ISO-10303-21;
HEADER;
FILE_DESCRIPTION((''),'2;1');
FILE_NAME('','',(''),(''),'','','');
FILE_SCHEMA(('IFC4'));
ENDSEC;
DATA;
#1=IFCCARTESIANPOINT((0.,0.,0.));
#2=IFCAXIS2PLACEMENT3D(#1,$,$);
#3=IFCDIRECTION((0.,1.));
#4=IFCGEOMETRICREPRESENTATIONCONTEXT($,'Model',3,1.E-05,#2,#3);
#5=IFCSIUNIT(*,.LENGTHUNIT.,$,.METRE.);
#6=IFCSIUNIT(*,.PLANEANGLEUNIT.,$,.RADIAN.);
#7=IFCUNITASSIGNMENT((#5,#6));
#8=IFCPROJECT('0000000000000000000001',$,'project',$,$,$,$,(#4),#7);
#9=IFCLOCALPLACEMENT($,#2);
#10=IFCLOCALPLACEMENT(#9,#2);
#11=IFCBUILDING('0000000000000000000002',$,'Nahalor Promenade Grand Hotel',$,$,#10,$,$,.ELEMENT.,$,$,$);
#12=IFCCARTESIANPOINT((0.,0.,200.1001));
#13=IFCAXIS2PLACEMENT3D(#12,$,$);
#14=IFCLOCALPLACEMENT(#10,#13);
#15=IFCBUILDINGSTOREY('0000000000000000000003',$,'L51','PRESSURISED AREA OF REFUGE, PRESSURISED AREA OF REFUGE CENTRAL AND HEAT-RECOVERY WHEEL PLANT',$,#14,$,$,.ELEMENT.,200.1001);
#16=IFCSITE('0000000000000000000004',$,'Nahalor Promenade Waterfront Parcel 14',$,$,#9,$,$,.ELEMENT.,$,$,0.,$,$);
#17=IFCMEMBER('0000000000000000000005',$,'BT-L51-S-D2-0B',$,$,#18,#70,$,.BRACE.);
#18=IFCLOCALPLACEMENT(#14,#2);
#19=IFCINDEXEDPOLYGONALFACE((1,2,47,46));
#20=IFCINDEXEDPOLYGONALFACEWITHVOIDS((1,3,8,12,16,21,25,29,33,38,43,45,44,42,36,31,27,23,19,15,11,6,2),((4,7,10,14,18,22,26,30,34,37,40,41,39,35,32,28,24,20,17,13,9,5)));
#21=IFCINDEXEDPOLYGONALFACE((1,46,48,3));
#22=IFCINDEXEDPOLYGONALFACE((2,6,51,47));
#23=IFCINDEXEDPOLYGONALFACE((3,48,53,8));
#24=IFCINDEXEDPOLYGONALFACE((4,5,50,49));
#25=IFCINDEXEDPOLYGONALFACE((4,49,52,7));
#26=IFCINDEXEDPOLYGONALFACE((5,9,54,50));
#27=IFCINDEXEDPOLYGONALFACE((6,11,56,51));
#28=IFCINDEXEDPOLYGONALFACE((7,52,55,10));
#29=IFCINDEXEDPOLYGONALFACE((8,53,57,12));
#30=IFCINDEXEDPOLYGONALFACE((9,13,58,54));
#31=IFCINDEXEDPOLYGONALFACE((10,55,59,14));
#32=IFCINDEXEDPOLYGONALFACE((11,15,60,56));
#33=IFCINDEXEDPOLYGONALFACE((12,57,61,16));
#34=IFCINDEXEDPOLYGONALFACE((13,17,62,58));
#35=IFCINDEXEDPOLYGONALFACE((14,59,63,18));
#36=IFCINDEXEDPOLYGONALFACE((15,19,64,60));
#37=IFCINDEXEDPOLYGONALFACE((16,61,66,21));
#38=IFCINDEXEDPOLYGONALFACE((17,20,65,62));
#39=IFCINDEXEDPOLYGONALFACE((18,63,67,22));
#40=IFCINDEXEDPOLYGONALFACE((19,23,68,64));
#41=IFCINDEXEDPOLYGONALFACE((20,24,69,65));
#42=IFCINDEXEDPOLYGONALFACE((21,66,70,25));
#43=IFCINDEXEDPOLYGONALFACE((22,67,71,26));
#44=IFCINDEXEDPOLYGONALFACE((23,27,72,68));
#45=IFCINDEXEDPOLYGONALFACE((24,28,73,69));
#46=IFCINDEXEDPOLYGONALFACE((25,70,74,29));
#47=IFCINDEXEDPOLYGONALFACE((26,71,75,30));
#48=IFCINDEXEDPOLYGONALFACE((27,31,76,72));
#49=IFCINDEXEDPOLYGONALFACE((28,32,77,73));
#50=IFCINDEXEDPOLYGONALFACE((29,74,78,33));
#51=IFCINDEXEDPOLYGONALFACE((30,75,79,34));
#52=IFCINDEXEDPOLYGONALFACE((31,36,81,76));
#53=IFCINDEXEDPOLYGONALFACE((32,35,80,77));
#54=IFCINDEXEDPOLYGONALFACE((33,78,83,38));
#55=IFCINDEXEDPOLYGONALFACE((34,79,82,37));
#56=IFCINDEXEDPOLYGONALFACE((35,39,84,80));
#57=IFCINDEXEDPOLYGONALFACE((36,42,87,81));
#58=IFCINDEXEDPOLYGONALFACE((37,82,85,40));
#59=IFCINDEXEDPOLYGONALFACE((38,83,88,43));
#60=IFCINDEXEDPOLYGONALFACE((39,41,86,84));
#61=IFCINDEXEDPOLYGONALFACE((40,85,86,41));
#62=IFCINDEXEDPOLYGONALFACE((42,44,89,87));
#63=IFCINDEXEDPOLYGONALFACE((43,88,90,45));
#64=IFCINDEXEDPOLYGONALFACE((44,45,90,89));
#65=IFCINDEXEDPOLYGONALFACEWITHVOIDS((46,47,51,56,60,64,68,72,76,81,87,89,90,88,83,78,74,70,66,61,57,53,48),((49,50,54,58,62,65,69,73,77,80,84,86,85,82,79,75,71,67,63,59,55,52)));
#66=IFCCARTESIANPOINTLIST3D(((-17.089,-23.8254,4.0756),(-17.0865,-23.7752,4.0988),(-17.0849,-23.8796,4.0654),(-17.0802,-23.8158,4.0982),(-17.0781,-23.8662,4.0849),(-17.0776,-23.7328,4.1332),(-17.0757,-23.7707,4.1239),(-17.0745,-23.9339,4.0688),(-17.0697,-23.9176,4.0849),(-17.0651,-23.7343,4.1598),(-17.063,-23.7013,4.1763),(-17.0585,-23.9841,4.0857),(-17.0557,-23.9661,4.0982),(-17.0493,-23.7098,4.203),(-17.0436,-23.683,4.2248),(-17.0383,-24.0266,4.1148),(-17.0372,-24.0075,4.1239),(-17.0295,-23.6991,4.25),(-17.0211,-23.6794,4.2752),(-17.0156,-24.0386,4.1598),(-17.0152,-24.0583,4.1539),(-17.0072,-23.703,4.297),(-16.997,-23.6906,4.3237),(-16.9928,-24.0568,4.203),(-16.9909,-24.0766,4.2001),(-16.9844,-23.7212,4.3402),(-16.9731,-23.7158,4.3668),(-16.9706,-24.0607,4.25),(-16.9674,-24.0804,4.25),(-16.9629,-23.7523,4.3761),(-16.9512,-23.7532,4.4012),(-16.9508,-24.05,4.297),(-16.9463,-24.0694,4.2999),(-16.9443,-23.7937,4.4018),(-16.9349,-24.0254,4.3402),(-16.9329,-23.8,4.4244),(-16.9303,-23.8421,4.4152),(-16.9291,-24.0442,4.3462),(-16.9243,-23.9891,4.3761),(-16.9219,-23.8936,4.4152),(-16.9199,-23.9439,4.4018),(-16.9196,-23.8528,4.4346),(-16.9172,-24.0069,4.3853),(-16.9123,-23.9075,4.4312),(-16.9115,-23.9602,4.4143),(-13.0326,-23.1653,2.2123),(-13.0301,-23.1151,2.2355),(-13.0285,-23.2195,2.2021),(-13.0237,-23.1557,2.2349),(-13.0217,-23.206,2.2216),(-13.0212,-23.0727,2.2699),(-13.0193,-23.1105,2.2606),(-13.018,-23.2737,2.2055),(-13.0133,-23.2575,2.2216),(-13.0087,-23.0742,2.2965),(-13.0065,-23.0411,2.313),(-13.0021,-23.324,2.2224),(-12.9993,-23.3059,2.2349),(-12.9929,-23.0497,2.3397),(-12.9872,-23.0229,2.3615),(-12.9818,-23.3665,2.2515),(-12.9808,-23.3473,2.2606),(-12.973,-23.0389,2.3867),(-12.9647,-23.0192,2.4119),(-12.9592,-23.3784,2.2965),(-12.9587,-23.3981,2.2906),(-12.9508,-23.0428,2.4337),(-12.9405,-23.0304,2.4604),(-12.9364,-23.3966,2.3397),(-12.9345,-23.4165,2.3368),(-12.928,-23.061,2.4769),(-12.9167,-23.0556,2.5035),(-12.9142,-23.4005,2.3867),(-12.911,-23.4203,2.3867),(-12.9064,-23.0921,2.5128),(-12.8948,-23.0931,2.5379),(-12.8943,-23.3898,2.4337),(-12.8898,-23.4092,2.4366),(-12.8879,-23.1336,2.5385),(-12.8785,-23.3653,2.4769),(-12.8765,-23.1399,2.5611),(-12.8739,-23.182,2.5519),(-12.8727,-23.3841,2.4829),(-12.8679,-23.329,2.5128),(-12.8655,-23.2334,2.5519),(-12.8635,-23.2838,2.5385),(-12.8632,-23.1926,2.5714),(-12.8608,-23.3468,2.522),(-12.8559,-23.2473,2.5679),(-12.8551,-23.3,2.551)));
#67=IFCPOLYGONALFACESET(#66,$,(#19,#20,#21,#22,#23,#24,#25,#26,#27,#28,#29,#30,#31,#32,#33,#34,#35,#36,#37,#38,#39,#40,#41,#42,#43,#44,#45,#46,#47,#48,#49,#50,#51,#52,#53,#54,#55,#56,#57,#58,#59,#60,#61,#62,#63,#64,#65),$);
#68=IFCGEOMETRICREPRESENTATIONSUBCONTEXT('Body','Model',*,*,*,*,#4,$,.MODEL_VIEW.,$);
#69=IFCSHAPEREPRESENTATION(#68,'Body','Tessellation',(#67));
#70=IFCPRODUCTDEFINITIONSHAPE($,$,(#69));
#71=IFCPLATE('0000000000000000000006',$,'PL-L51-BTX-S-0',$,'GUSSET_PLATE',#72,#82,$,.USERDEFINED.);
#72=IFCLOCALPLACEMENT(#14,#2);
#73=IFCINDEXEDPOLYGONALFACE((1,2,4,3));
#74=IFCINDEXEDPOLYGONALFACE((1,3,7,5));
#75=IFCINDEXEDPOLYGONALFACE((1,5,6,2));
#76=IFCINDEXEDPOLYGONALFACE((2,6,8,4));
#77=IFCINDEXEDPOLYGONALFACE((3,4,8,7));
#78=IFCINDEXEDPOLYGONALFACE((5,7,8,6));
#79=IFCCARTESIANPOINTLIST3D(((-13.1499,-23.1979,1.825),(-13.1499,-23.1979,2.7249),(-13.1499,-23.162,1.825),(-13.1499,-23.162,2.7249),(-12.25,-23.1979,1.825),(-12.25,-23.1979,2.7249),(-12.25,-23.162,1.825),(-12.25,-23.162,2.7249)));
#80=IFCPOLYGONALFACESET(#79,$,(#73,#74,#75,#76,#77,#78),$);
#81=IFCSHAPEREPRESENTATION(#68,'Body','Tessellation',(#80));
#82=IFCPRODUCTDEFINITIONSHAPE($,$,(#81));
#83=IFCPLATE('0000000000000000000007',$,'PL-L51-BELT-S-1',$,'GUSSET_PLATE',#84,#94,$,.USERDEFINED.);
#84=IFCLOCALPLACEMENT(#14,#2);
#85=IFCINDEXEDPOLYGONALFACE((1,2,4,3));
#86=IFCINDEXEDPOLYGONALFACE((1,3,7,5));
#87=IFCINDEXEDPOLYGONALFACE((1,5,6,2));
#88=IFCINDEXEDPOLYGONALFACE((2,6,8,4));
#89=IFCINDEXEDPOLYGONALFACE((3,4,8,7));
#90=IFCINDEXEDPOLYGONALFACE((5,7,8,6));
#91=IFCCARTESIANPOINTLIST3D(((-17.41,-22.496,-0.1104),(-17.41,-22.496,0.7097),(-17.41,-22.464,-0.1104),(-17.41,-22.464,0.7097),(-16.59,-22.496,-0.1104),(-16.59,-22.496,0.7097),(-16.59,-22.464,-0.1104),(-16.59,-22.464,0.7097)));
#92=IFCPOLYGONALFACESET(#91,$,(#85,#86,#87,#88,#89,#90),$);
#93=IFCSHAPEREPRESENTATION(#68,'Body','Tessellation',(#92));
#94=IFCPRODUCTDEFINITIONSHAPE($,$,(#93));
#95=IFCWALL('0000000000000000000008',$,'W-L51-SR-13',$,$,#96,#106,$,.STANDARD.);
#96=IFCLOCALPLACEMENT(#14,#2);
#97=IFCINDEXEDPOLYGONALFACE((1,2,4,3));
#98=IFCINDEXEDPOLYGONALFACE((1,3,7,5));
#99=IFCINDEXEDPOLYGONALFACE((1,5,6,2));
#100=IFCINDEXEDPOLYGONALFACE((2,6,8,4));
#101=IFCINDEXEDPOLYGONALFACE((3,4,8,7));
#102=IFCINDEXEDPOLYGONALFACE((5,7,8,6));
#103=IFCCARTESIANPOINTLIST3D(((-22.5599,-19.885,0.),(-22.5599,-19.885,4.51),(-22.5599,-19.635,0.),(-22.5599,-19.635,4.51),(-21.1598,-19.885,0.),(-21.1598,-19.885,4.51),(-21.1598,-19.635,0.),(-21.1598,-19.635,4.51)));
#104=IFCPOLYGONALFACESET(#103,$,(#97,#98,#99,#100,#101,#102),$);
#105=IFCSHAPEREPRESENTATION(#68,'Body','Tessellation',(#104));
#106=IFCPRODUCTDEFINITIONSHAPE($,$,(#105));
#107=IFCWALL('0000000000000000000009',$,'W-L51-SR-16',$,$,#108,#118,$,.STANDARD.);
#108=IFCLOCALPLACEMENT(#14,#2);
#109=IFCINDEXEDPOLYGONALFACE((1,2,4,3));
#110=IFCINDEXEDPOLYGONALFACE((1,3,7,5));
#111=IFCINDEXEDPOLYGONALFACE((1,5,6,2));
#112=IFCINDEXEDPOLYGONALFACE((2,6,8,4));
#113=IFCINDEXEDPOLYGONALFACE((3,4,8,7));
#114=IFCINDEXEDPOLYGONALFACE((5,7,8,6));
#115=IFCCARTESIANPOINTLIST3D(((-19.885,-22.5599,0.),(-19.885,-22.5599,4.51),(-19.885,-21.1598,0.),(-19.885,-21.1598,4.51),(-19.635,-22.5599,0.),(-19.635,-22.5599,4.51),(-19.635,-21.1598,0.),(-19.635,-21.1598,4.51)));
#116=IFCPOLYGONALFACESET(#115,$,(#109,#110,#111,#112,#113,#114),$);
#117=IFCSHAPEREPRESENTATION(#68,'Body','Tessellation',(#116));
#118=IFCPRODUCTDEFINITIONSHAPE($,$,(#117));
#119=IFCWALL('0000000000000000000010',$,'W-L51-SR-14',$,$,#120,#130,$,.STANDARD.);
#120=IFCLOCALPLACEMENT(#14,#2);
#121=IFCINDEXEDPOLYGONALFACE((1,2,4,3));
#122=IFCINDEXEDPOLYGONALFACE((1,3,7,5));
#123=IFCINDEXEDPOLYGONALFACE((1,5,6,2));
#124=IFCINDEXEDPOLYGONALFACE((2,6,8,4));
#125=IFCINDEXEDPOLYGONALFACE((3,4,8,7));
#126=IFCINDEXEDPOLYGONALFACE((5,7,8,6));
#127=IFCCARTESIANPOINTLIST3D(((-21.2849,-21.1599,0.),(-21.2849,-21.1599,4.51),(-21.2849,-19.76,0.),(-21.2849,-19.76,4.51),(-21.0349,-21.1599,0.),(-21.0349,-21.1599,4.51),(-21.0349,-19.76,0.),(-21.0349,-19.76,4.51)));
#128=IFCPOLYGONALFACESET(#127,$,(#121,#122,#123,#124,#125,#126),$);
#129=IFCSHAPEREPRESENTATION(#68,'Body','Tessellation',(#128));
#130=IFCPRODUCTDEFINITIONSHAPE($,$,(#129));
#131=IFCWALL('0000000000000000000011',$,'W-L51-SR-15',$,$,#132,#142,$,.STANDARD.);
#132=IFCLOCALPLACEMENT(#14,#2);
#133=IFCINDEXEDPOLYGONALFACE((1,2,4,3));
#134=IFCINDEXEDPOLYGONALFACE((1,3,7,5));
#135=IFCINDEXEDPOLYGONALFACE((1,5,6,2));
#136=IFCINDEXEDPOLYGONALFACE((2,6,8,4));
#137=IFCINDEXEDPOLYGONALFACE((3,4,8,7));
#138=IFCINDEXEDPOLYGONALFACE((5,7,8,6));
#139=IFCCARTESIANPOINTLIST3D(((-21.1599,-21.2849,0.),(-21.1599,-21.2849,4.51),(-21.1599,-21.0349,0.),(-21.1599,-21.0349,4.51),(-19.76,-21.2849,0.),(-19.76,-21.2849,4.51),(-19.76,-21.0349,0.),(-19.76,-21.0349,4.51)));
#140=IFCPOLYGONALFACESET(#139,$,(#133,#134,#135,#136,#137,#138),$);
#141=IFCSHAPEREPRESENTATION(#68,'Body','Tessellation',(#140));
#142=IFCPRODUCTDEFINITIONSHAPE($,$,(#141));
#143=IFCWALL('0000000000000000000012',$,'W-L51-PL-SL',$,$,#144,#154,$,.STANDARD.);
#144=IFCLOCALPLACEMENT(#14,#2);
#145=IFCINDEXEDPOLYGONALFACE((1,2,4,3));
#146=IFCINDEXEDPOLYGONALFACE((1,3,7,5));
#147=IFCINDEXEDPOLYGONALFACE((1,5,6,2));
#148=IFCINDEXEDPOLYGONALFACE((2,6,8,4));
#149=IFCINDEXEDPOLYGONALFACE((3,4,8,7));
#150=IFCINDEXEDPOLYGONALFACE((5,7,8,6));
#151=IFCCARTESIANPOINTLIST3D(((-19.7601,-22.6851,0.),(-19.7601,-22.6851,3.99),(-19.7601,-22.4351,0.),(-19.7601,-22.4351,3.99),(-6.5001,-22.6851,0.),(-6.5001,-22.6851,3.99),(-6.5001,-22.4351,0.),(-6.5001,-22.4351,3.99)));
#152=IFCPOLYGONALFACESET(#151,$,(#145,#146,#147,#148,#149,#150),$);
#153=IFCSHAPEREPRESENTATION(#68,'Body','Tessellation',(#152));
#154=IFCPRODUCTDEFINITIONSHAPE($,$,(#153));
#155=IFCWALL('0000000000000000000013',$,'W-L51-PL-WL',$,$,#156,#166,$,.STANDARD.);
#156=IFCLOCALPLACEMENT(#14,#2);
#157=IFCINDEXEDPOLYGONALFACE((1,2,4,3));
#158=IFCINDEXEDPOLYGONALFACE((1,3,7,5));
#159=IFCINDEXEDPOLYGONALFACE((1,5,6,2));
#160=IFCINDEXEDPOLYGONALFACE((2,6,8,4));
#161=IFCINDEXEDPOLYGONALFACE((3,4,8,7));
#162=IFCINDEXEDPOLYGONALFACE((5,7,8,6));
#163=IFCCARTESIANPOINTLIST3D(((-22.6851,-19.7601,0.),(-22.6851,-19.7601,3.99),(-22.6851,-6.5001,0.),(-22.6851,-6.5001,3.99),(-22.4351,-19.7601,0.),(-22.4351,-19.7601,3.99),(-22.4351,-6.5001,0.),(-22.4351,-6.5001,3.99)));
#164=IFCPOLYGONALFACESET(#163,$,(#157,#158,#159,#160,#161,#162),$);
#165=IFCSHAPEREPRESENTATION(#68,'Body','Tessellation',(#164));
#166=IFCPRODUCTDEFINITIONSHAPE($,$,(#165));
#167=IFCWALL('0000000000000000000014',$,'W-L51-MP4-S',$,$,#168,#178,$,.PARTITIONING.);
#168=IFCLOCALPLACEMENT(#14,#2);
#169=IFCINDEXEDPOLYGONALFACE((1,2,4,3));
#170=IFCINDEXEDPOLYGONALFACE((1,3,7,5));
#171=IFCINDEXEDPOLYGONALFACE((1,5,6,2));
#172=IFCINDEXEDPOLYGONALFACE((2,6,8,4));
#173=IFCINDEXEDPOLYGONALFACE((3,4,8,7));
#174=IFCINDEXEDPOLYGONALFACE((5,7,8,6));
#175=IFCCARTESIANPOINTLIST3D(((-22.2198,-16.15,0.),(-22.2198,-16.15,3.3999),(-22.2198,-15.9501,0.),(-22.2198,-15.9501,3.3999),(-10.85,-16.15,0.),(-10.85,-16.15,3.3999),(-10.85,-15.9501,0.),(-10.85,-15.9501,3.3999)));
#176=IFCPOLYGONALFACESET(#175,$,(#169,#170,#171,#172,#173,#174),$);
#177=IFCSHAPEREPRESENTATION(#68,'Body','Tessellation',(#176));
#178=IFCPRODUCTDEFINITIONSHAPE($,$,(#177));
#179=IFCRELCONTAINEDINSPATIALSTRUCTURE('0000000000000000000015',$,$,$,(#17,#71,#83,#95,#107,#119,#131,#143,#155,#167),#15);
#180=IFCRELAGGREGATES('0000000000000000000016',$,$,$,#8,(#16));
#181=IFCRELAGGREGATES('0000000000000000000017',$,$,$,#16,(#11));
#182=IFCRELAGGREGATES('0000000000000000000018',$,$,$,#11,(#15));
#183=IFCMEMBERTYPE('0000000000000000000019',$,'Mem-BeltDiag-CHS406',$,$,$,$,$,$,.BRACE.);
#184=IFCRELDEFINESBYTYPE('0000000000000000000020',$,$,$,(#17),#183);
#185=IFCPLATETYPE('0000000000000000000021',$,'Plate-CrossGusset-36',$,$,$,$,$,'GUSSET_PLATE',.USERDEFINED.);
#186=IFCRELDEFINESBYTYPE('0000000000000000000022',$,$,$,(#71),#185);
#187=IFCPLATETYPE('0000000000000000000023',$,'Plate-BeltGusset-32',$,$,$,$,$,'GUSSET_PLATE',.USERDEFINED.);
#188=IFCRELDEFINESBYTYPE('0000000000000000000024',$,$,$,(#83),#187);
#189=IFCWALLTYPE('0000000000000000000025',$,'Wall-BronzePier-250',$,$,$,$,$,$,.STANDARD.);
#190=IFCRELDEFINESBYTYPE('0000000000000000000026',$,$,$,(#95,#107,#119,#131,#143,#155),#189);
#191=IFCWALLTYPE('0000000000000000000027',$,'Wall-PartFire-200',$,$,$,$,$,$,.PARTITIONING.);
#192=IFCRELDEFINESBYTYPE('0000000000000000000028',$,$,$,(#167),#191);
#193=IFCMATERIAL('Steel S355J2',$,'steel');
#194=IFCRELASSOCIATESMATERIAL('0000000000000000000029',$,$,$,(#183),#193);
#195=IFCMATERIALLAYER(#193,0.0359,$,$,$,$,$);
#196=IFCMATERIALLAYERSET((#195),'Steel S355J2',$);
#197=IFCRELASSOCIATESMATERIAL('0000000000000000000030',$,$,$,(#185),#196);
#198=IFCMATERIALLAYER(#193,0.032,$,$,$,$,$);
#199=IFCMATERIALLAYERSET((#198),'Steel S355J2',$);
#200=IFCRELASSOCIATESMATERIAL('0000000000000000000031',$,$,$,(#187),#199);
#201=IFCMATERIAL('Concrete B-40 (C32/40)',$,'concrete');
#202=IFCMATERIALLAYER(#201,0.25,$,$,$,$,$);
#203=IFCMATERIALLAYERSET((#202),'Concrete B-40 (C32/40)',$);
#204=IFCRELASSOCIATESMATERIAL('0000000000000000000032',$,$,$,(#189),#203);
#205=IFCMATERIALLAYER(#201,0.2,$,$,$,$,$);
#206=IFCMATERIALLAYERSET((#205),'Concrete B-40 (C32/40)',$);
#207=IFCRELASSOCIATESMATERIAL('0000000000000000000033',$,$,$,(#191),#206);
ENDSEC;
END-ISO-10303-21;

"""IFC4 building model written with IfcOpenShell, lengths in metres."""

from ifc_helpers import new_model, si_unit, direction, frame, frame_2d, origin, origin_2d, place, context, subcontext, project, spatial, rectangle, hollow_circle, extrude, source, transform, mapped, material, layer, layer_set, material_profile, profile_set, type_object, element, save


model = new_model("IFC4")

# Units and contexts
model_context = context("Model", 3, precision=1e-05, world=origin(), true_north=direction((0.0, 1.0)))
body_context = subcontext(model_context, "Body", "Model", "MODEL_VIEW")
ifc_project = project(units=[si_unit("LENGTHUNIT", "METRE"), si_unit("PLANEANGLEUNIT", "RADIAN")], contexts=[model_context])

# Site, building, storey
site_placement = place(None, origin())
site = spatial("IfcSite", under=ifc_project, at=site_placement, Name="Nahalor Promenade Waterfront Parcel 14", CompositionType="ELEMENT", RefElevation=0.0)
building_placement = place(site_placement, origin())
building = spatial("IfcBuilding", under=site, at=building_placement, Name="Nahalor Promenade Grand Hotel", CompositionType="ELEMENT")
storey_placement = place(building_placement, frame((0.0, 0.0, 200.1001)))
storey = spatial("IfcBuildingStorey", under=building, at=storey_placement, Name="L51", Description="PRESSURISED AREA OF REFUGE, PRESSURISED AREA OF REFUGE CENTRAL AND HEAT-RECOVERY WHEEL PLANT", CompositionType="ELEMENT", Elevation=200.1001)

# Shared definitions
ifc_material_1 = material(Name="Steel S355J2", Category="steel")

# Member
ifc_material_profile_1 = material_profile(ifc_material_1, hollow_circle(Radius=0.2032, WallThickness=0.02, at=origin_2d()), Name="CHS 406.4x20")
ifc_profile_set_1 = profile_set([ifc_material_profile_1], Name="Steel S355J2")
member_type = type_object("IfcMemberType", Name="Mem-BeltDiag-CHS406", PredefinedType="BRACE", material=ifc_profile_set_1)
shared_shape_1 = source(origin(), body_context, "Body", "SweptSolid", [
    extrude(hollow_circle(Radius=0.2032, WallThickness=0.02, at=origin_2d()), origin(), (0.0, 0.0, 1.0), 4.5125),
])
member_1_placement = place(storey_placement, frame((-12.9436, -23.2197, 2.3867), z_axis=(-0.898939, -0.146297, 0.412922), x_axis=(0.160631, -0.987014, 0.0)))
element("IfcMember", 1, at=member_1_placement, inside=storey, type_object=member_type, Name="BT-L51-S-D2-0B", PredefinedType="BRACE", context=body_context, shape_type="MappedRepresentation", body=[
    mapped(shared_shape_1, transform((0.0, 0.0, 0.0), scale=1.0)),
])

# Plates
ifc_layer_1 = layer(ifc_material_1, 0.0359)
ifc_layer_set_1 = layer_set([ifc_layer_1], Name="Steel S355J2")
plate_type_1 = type_object("IfcPlateType", Name="Plate-CrossGusset-36", ElementType="GUSSET_PLATE", PredefinedType="USERDEFINED", material=ifc_layer_set_1)
shared_shape_2 = source(origin(), body_context, "Body", "SweptSolid", [
    extrude(rectangle(XDim=0.8999, YDim=0.0359, at=origin_2d()), origin(), (0.0, 0.0, 1.0), 0.8999),
])
plate_1_placement = place(storey_placement, frame((-12.7, -23.1799, 1.825), z_axis=(0.0, 0.0, 1.0), x_axis=(1.0, 0.0, 0.0)))
element("IfcPlate", 2, at=plate_1_placement, inside=storey, type_object=plate_type_1, Name="PL-L51-BTX-S-0", ObjectType="GUSSET_PLATE", PredefinedType="USERDEFINED", context=body_context, shape_type="MappedRepresentation", body=[
    mapped(shared_shape_2, transform((0.0, 0.0, 0.0), scale=1.0)),
])
ifc_layer_2 = layer(ifc_material_1, 0.032)
ifc_layer_set_2 = layer_set([ifc_layer_2], Name="Steel S355J2")
plate_type_2 = type_object("IfcPlateType", Name="Plate-BeltGusset-32", ElementType="GUSSET_PLATE", PredefinedType="USERDEFINED", material=ifc_layer_set_2)
shared_shape_3 = source(origin(), body_context, "Body", "SweptSolid", [
    extrude(rectangle(XDim=0.8201, YDim=0.032, at=origin_2d()), origin(), (0.0, 0.0, 1.0), 0.8201),
])
plate_2_placement = place(storey_placement, frame((-17.0, -22.48, -0.1104), z_axis=(0.0, 0.0, 1.0), x_axis=(1.0, 0.0, 0.0)))
element("IfcPlate", 3, at=plate_2_placement, inside=storey, type_object=plate_type_2, Name="PL-L51-BELT-S-1", ObjectType="GUSSET_PLATE", PredefinedType="USERDEFINED", context=body_context, shape_type="MappedRepresentation", body=[
    mapped(shared_shape_3, transform((0.0, 0.0, 0.0), scale=1.0)),
])

# Walls
ifc_material_2 = material(Name="Concrete B-40 (C32/40)", Category="concrete")
ifc_layer_3 = layer(ifc_material_2, 0.25)
ifc_layer_set_3 = layer_set([ifc_layer_3], Name="Concrete B-40 (C32/40)")
wall_type_1 = type_object("IfcWallType", Name="Wall-BronzePier-250", PredefinedType="STANDARD", material=ifc_layer_set_3)
shared_shape_4 = source(origin(), body_context, "Body", "SweptSolid", [
    extrude(rectangle(XDim=1.4001, YDim=0.25, at=frame_2d((0.7002, 0.0))), origin(), (0.0, 0.0, 1.0), 4.51),
])
for number, where, z_axis, x_axis, name in (
    (4, (-22.5601, -19.76, 0.0), (0.0, 0.0, 1.0), (1.0, 0.0, 0.0), "W-L51-SR-13"),
    (5, (-19.76, -22.5601, 0.0), (0.0, 0.0, 1.0), (0.0, 1.0, 0.0), "W-L51-SR-16"),
):
    element("IfcWall", number, at=place(storey_placement, frame(where, z_axis=z_axis, x_axis=x_axis)), inside=storey, type_object=wall_type_1, Name=name, PredefinedType="STANDARD", context=body_context, shape_type="MappedRepresentation", body=[
        mapped(shared_shape_4, transform((0.0, 0.0, 0.0), scale=1.0)),
    ])
shared_shape_5 = source(origin(), body_context, "Body", "SweptSolid", [
    extrude(rectangle(XDim=1.3999, YDim=0.25, at=frame_2d((0.7, 0.0))), origin(), (0.0, 0.0, 1.0), 4.51),
])
for number, where, z_axis, x_axis, name in (
    (6, (-21.1599, -21.1599, 0.0), (0.0, 0.0, 1.0), (0.0, 1.0, 0.0), "W-L51-SR-14"),
    (7, (-21.1599, -21.1599, 0.0), (0.0, 0.0, 1.0), (1.0, 0.0, 0.0), "W-L51-SR-15"),
):
    element("IfcWall", number, at=place(storey_placement, frame(where, z_axis=z_axis, x_axis=x_axis)), inside=storey, type_object=wall_type_1, Name=name, PredefinedType="STANDARD", context=body_context, shape_type="MappedRepresentation", body=[
        mapped(shared_shape_5, transform((0.0, 0.0, 0.0), scale=1.0)),
    ])
shared_shape_6 = source(origin(), body_context, "Body", "SweptSolid", [
    extrude(rectangle(XDim=13.26, YDim=0.25, at=frame_2d((6.6299, 0.0))), origin(), (0.0, 0.0, 1.0), 3.99),
])
for number, where, z_axis, x_axis, name in (
    (8, (-19.76, -22.5601, 0.0), (0.0, 0.0, 1.0), (1.0, 0.0, 0.0), "W-L51-PL-SL"),
    (9, (-22.5601, -19.76, 0.0), (0.0, 0.0, 1.0), (0.0, 1.0, 0.0), "W-L51-PL-WL"),
):
    element("IfcWall", number, at=place(storey_placement, frame(where, z_axis=z_axis, x_axis=x_axis)), inside=storey, type_object=wall_type_1, Name=name, PredefinedType="STANDARD", context=body_context, shape_type="MappedRepresentation", body=[
        mapped(shared_shape_6, transform((0.0, 0.0, 0.0), scale=1.0)),
    ])
ifc_layer_4 = layer(ifc_material_2, 0.2)
ifc_layer_set_4 = layer_set([ifc_layer_4], Name="Concrete B-40 (C32/40)")
wall_type_2 = type_object("IfcWallType", Name="Wall-PartFire-200", PredefinedType="PARTITIONING", material=ifc_layer_set_4)
shared_shape_7 = source(origin(), body_context, "Body", "SweptSolid", [
    extrude(rectangle(XDim=11.3699, YDim=0.2, at=frame_2d((5.6851, 0.0))), origin(), (0.0, 0.0, 1.0), 3.3999),
])
wall_placement = place(storey_placement, frame((-22.22, -16.05, 0.0), z_axis=(0.0, 0.0, 1.0), x_axis=(1.0, 0.0, 0.0)))
element("IfcWall", 10, at=wall_placement, inside=storey, type_object=wall_type_2, Name="W-L51-MP4-S", PredefinedType="PARTITIONING", context=body_context, shape_type="MappedRepresentation", body=[
    mapped(shared_shape_7, transform((0.0, 0.0, 0.0), scale=1.0)),
])

save(model, "model.ifc")
